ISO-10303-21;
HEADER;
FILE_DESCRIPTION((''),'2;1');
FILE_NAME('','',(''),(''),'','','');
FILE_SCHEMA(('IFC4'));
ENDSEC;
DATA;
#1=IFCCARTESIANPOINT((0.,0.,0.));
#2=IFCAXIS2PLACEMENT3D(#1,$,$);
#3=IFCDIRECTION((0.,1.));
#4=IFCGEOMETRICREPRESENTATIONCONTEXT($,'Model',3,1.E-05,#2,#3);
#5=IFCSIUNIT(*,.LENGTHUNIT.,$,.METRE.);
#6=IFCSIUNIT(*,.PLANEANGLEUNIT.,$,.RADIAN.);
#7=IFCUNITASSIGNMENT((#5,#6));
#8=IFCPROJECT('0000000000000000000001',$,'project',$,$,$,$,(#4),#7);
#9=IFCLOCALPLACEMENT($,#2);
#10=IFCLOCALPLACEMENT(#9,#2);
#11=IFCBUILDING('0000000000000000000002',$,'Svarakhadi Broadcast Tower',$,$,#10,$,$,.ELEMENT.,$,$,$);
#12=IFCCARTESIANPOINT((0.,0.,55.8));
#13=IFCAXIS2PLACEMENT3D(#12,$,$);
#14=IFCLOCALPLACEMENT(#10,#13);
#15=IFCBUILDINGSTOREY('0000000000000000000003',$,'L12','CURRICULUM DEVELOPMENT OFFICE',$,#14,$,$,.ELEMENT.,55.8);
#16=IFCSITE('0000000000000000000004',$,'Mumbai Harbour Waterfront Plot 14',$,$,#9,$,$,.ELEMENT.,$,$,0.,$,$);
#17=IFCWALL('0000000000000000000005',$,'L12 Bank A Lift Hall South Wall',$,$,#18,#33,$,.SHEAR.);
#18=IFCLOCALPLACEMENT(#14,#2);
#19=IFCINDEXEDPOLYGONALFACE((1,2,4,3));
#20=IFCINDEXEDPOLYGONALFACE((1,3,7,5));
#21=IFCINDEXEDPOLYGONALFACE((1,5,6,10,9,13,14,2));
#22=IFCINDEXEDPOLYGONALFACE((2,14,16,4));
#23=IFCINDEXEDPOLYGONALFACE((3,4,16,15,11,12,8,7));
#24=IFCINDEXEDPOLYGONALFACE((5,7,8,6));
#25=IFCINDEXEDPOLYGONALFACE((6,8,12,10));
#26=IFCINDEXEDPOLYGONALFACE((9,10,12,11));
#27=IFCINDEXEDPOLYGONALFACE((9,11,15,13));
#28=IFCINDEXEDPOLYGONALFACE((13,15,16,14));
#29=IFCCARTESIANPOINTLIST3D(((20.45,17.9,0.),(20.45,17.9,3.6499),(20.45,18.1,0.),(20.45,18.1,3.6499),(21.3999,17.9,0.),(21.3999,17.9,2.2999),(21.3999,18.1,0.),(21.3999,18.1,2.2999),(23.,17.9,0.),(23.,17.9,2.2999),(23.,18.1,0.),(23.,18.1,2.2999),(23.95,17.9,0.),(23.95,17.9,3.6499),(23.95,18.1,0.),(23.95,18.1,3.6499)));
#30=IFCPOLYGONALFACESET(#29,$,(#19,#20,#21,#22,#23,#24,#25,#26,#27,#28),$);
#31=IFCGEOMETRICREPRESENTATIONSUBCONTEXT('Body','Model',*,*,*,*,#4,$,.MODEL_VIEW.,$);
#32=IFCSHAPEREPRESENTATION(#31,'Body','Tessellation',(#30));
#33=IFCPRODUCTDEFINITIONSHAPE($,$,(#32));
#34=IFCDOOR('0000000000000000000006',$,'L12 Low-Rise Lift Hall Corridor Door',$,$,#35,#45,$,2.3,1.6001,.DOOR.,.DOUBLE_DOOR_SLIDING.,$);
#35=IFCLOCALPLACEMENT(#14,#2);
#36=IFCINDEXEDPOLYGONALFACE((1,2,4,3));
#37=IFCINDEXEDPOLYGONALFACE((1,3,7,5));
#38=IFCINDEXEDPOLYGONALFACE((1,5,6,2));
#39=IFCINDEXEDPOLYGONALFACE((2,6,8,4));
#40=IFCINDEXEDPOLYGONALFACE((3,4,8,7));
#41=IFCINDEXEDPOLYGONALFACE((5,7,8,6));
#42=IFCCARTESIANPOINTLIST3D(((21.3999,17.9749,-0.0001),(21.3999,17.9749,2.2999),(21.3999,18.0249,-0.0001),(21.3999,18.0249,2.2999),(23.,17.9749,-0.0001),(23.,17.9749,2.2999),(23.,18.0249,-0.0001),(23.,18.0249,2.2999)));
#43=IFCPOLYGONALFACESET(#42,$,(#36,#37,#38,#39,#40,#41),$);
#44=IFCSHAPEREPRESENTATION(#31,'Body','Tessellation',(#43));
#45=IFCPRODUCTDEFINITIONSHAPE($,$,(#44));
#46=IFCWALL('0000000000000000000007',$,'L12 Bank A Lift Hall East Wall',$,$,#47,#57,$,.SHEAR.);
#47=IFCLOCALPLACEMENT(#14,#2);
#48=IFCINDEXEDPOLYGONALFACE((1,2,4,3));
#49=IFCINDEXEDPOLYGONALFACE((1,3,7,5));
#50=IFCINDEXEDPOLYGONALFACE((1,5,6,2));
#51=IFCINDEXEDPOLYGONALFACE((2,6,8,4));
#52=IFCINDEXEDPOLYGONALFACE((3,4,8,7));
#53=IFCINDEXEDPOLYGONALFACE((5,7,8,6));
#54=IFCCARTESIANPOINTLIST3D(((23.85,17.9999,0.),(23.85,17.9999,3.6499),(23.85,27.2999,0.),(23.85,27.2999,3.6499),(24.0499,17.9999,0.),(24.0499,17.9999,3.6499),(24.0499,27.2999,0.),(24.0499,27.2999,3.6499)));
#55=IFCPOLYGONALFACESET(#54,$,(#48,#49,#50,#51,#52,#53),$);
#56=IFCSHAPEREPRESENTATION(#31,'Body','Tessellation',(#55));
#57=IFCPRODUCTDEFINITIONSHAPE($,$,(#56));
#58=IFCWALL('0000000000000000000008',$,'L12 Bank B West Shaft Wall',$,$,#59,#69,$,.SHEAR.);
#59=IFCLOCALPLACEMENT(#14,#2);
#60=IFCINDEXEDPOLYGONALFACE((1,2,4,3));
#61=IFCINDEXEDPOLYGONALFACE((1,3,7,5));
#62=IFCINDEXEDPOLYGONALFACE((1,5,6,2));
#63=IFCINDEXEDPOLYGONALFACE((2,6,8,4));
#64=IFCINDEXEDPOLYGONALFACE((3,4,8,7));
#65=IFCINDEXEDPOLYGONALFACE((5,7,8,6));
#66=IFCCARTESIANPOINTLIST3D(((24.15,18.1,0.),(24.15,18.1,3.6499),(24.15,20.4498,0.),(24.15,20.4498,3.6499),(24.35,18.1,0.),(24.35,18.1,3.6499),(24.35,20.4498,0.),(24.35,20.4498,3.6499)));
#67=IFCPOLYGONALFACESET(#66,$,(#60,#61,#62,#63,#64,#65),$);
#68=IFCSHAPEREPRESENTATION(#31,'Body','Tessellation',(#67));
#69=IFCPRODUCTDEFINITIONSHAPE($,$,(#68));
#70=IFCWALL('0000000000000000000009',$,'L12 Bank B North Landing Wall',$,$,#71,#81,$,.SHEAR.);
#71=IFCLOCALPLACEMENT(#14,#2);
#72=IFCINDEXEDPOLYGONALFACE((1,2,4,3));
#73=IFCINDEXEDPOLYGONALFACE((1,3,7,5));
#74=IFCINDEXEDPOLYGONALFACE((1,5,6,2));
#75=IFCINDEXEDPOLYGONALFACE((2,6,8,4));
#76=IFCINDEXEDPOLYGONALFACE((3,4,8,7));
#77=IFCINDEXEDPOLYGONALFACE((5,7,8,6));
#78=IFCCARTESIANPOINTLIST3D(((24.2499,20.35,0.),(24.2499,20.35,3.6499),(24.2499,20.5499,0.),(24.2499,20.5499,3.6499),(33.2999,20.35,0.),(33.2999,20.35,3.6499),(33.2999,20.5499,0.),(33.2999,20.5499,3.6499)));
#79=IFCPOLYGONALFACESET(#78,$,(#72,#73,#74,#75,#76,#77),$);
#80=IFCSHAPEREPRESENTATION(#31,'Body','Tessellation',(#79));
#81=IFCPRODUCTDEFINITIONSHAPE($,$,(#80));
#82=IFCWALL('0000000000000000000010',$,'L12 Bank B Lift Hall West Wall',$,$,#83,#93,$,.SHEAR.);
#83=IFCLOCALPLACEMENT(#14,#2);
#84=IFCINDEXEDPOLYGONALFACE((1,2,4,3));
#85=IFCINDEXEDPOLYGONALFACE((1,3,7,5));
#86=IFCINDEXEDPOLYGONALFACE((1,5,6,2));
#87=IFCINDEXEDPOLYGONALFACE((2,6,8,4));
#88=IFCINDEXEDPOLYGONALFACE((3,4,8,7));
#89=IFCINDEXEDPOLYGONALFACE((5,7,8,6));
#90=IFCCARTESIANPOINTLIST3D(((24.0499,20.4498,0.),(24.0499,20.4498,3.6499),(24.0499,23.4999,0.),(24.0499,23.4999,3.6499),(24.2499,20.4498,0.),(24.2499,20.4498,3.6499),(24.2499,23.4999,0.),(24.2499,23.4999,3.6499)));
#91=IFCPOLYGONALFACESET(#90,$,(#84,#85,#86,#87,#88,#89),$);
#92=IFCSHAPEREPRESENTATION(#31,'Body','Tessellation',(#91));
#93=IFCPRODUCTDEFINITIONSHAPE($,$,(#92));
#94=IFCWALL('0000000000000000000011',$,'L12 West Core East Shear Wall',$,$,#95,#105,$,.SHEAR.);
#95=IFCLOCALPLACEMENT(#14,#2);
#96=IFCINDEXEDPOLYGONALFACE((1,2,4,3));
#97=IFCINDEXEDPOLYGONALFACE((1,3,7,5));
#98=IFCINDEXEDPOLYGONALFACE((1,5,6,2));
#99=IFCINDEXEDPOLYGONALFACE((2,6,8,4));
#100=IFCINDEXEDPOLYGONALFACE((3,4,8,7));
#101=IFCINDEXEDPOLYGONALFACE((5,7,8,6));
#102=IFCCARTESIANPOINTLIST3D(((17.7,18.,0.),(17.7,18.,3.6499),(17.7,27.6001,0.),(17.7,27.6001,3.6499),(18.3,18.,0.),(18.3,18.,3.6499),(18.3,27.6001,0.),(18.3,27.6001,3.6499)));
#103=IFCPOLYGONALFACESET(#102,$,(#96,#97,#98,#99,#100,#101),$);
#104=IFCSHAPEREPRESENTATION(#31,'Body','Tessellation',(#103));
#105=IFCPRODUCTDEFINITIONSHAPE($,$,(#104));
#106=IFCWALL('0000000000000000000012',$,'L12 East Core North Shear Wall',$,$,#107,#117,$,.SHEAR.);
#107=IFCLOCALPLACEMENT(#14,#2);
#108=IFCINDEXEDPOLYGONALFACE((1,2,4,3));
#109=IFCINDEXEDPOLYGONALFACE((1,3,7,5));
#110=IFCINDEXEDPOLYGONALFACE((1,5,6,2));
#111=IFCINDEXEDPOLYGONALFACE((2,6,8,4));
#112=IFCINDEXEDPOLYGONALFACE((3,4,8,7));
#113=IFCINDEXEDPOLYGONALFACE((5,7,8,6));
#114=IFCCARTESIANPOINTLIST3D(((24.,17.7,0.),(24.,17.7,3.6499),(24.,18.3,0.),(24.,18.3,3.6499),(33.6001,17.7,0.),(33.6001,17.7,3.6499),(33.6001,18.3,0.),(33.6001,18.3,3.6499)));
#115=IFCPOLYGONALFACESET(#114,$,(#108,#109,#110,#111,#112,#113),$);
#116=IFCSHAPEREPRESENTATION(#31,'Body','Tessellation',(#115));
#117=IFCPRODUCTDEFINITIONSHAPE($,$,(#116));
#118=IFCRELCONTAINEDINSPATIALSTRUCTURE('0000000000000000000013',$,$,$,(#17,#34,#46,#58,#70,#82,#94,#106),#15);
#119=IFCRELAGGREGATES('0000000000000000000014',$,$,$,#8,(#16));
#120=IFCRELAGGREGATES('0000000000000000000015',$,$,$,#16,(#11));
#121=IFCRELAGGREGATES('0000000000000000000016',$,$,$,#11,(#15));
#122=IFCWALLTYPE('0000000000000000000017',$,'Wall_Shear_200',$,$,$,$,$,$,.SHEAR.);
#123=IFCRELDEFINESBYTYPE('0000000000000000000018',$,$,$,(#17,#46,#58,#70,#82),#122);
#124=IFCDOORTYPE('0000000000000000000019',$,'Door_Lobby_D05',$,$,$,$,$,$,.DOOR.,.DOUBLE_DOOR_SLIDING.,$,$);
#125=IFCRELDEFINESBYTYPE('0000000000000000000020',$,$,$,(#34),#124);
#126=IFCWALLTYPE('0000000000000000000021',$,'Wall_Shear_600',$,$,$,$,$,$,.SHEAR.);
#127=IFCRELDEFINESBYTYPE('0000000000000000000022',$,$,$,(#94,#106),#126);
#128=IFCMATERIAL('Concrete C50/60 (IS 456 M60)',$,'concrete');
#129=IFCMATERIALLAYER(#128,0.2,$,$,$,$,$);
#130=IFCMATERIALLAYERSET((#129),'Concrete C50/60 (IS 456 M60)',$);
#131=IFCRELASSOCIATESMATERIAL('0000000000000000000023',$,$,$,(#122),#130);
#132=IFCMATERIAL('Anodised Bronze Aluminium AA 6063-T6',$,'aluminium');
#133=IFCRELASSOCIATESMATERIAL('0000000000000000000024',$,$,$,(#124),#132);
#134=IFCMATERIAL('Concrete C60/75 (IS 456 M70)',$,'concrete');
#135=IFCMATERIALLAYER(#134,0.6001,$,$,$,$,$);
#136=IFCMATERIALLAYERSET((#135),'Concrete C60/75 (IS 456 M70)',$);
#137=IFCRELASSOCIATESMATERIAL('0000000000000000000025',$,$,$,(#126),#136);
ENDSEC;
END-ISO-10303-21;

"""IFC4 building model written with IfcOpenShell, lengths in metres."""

from ifc_helpers import new_model, si_unit, direction, frame, frame_2d, origin, place, context, subcontext, project, spatial, rectangle, extrude, material, layer, layer_set, type_object, element, fill, save


model = new_model("IFC4")

# Units and contexts
model_context = context("Model", 3, precision=1e-05, world=origin(), true_north=direction((0.0, 1.0)))
body_context = subcontext(model_context, "Body", "Model", "MODEL_VIEW")
ifc_project = project(units=[si_unit("LENGTHUNIT", "METRE"), si_unit("PLANEANGLEUNIT", "RADIAN")], contexts=[model_context])

# Site, building, storey
site_placement = place(None, origin())
site = spatial("IfcSite", under=ifc_project, at=site_placement, Name="Mumbai Harbour Waterfront Plot 14", CompositionType="ELEMENT", RefElevation=0.0)
building_placement = place(site_placement, origin())
building = spatial("IfcBuilding", under=site, at=building_placement, Name="Svarakhadi Broadcast Tower", CompositionType="ELEMENT")
storey_placement = place(building_placement, frame((0.0, 0.0, 55.8)))
storey = spatial("IfcBuildingStorey", under=building, at=storey_placement, Name="L12", Description="CURRICULUM DEVELOPMENT OFFICE", CompositionType="ELEMENT", Elevation=55.8)

# Shared definitions
ifc_material_1 = material(Name="Concrete C60/75 (IS 456 M70)", Category="concrete")

# Shared definitions
ifc_material_2 = material(Name="Concrete C50/60 (IS 456 M60)", Category="concrete")
ifc_layer_1 = layer(ifc_material_2, 0.2)
ifc_layer_set_1 = layer_set([ifc_layer_1], Name="Concrete C50/60 (IS 456 M60)")
wall_type_1 = type_object("IfcWallType", Name="Wall_Shear_200", PredefinedType="SHEAR", material=ifc_layer_set_1)

# Wall, opening, door
wall_1_placement = place(storey_placement, frame((20.45, 18.0, 0.0), z_axis=(0.0, 0.0, 1.0), x_axis=(1.0, 0.0, 0.0)))
wall_1 = element("IfcWall", 1, at=wall_1_placement, inside=storey, type_object=wall_type_1, Name="L12 Bank A Lift Hall South Wall", PredefinedType="SHEAR", context=body_context, shape_type="SweptSolid", body=[
    extrude(rectangle(XDim=3.5, YDim=0.2, at=frame_2d((1.75, 0.0))), origin(), (0.0, 0.0, 1.0), 3.6499),
])
opening_1_placement = place(wall_1_placement, frame((0.95, 0.0, 0.0)))
opening_1 = element("IfcOpeningElement", 2, at=opening_1_placement, cuts=wall_1, PredefinedType="OPENING", context=body_context, shape_type="SweptSolid", body=[
    extrude(rectangle(XDim=1.6001, YDim=2.3, at=frame_2d((0.8, 1.1499))), frame((0.0, 0.1099, 0.0), z_axis=(0.0, -1.0, 0.0), x_axis=(1.0, 0.0, 0.0)), (0.0, 0.0, 1.0), 0.22),
])
ifc_material_3 = material(Name="Anodised Bronze Aluminium AA 6063-T6", Category="aluminium")
door_type_1 = type_object("IfcDoorType", Name="Door_Lobby_D05", OperationType="DOUBLE_DOOR_SLIDING", PredefinedType="DOOR", material=ifc_material_3)
door_1_placement = place(opening_1_placement, origin())
door_1 = element("IfcDoor", 3, at=door_1_placement, inside=storey, type_object=door_type_1, Name="L12 Low-Rise Lift Hall Corridor Door", OperationType="DOUBLE_DOOR_SLIDING", OverallHeight=2.3, OverallWidth=1.6001, PredefinedType="DOOR", context=body_context, shape_type="SweptSolid", body=[
    extrude(rectangle(XDim=1.6001, YDim=2.3, at=frame_2d((0.8, 1.1499))), frame((0.0, 0.0249, 0.0), z_axis=(0.0, -1.0, 0.0), x_axis=(1.0, 0.0, 0.0)), (0.0, 0.0, 1.0), 0.05),
])
fill(opening_1, door_1)

# Walls
wall_2_placement = place(storey_placement, frame((23.95, 18.0, 0.0), z_axis=(0.0, 0.0, 1.0), x_axis=(0.0, 1.0, 0.0)))
element("IfcWall", 4, at=wall_2_placement, inside=storey, type_object=wall_type_1, Name="L12 Bank A Lift Hall East Wall", PredefinedType="SHEAR", context=body_context, shape_type="SweptSolid", body=[
    extrude(rectangle(XDim=9.3, YDim=0.2, at=frame_2d((4.6499, 0.0))), origin(), (0.0, 0.0, 1.0), 3.6499),
])
wall_3_placement = place(storey_placement, frame((24.25, 18.1001, 0.0), z_axis=(0.0, 0.0, 1.0), x_axis=(0.0, 1.0, 0.0)))
element("IfcWall", 5, at=wall_3_placement, inside=storey, type_object=wall_type_1, Name="L12 Bank B West Shaft Wall", PredefinedType="SHEAR", context=body_context, shape_type="SweptSolid", body=[
    extrude(rectangle(XDim=2.3499, YDim=0.2, at=frame_2d((1.1748, 0.0))), origin(), (0.0, 0.0, 1.0), 3.6499),
])
wall_4_placement = place(storey_placement, frame((24.25, 20.45, 0.0), z_axis=(0.0, 0.0, 1.0), x_axis=(1.0, 0.0, 0.0)))
element("IfcWall", 6, at=wall_4_placement, inside=storey, type_object=wall_type_1, Name="L12 Bank B North Landing Wall", PredefinedType="SHEAR", context=body_context, shape_type="SweptSolid", body=[
    extrude(rectangle(XDim=9.05, YDim=0.2, at=frame_2d((4.5249, 0.0))), origin(), (0.0, 0.0, 1.0), 3.6499),
])
wall_5_placement = place(storey_placement, frame((24.1499, 20.45, 0.0), z_axis=(0.0, 0.0, 1.0), x_axis=(0.0, 1.0, 0.0)))
element("IfcWall", 7, at=wall_5_placement, inside=storey, type_object=wall_type_1, Name="L12 Bank B Lift Hall West Wall", PredefinedType="SHEAR", context=body_context, shape_type="SweptSolid", body=[
    extrude(rectangle(XDim=3.05, YDim=0.2, at=frame_2d((1.5249, 0.0))), origin(), (0.0, 0.0, 1.0), 3.6499),
])
ifc_layer_2 = layer(ifc_material_1, 0.6001)
ifc_layer_set_2 = layer_set([ifc_layer_2], Name="Concrete C60/75 (IS 456 M70)")
wall_type_2 = type_object("IfcWallType", Name="Wall_Shear_600", PredefinedType="SHEAR", material=ifc_layer_set_2)
for number, where, z_axis, x_axis, name in (
    (8, (18.0, 18.0, 0.0), (0.0, 0.0, 1.0), (0.0, 1.0, 0.0), "L12 West Core East Shear Wall"),
    (9, (24.0, 18.0, 0.0), (0.0, 0.0, 1.0), (1.0, 0.0, 0.0), "L12 East Core North Shear Wall"),
):
    element("IfcWall", number, at=place(storey_placement, frame(where, z_axis=z_axis, x_axis=x_axis)), inside=storey, type_object=wall_type_2, Name=name, PredefinedType="SHEAR", context=body_context, shape_type="SweptSolid", body=[
        extrude(rectangle(XDim=9.6001, YDim=0.6001, at=frame_2d((4.8, 0.0))), origin(), (0.0, 0.0, 1.0), 3.6499),
    ])

save(model, "model.ifc")
